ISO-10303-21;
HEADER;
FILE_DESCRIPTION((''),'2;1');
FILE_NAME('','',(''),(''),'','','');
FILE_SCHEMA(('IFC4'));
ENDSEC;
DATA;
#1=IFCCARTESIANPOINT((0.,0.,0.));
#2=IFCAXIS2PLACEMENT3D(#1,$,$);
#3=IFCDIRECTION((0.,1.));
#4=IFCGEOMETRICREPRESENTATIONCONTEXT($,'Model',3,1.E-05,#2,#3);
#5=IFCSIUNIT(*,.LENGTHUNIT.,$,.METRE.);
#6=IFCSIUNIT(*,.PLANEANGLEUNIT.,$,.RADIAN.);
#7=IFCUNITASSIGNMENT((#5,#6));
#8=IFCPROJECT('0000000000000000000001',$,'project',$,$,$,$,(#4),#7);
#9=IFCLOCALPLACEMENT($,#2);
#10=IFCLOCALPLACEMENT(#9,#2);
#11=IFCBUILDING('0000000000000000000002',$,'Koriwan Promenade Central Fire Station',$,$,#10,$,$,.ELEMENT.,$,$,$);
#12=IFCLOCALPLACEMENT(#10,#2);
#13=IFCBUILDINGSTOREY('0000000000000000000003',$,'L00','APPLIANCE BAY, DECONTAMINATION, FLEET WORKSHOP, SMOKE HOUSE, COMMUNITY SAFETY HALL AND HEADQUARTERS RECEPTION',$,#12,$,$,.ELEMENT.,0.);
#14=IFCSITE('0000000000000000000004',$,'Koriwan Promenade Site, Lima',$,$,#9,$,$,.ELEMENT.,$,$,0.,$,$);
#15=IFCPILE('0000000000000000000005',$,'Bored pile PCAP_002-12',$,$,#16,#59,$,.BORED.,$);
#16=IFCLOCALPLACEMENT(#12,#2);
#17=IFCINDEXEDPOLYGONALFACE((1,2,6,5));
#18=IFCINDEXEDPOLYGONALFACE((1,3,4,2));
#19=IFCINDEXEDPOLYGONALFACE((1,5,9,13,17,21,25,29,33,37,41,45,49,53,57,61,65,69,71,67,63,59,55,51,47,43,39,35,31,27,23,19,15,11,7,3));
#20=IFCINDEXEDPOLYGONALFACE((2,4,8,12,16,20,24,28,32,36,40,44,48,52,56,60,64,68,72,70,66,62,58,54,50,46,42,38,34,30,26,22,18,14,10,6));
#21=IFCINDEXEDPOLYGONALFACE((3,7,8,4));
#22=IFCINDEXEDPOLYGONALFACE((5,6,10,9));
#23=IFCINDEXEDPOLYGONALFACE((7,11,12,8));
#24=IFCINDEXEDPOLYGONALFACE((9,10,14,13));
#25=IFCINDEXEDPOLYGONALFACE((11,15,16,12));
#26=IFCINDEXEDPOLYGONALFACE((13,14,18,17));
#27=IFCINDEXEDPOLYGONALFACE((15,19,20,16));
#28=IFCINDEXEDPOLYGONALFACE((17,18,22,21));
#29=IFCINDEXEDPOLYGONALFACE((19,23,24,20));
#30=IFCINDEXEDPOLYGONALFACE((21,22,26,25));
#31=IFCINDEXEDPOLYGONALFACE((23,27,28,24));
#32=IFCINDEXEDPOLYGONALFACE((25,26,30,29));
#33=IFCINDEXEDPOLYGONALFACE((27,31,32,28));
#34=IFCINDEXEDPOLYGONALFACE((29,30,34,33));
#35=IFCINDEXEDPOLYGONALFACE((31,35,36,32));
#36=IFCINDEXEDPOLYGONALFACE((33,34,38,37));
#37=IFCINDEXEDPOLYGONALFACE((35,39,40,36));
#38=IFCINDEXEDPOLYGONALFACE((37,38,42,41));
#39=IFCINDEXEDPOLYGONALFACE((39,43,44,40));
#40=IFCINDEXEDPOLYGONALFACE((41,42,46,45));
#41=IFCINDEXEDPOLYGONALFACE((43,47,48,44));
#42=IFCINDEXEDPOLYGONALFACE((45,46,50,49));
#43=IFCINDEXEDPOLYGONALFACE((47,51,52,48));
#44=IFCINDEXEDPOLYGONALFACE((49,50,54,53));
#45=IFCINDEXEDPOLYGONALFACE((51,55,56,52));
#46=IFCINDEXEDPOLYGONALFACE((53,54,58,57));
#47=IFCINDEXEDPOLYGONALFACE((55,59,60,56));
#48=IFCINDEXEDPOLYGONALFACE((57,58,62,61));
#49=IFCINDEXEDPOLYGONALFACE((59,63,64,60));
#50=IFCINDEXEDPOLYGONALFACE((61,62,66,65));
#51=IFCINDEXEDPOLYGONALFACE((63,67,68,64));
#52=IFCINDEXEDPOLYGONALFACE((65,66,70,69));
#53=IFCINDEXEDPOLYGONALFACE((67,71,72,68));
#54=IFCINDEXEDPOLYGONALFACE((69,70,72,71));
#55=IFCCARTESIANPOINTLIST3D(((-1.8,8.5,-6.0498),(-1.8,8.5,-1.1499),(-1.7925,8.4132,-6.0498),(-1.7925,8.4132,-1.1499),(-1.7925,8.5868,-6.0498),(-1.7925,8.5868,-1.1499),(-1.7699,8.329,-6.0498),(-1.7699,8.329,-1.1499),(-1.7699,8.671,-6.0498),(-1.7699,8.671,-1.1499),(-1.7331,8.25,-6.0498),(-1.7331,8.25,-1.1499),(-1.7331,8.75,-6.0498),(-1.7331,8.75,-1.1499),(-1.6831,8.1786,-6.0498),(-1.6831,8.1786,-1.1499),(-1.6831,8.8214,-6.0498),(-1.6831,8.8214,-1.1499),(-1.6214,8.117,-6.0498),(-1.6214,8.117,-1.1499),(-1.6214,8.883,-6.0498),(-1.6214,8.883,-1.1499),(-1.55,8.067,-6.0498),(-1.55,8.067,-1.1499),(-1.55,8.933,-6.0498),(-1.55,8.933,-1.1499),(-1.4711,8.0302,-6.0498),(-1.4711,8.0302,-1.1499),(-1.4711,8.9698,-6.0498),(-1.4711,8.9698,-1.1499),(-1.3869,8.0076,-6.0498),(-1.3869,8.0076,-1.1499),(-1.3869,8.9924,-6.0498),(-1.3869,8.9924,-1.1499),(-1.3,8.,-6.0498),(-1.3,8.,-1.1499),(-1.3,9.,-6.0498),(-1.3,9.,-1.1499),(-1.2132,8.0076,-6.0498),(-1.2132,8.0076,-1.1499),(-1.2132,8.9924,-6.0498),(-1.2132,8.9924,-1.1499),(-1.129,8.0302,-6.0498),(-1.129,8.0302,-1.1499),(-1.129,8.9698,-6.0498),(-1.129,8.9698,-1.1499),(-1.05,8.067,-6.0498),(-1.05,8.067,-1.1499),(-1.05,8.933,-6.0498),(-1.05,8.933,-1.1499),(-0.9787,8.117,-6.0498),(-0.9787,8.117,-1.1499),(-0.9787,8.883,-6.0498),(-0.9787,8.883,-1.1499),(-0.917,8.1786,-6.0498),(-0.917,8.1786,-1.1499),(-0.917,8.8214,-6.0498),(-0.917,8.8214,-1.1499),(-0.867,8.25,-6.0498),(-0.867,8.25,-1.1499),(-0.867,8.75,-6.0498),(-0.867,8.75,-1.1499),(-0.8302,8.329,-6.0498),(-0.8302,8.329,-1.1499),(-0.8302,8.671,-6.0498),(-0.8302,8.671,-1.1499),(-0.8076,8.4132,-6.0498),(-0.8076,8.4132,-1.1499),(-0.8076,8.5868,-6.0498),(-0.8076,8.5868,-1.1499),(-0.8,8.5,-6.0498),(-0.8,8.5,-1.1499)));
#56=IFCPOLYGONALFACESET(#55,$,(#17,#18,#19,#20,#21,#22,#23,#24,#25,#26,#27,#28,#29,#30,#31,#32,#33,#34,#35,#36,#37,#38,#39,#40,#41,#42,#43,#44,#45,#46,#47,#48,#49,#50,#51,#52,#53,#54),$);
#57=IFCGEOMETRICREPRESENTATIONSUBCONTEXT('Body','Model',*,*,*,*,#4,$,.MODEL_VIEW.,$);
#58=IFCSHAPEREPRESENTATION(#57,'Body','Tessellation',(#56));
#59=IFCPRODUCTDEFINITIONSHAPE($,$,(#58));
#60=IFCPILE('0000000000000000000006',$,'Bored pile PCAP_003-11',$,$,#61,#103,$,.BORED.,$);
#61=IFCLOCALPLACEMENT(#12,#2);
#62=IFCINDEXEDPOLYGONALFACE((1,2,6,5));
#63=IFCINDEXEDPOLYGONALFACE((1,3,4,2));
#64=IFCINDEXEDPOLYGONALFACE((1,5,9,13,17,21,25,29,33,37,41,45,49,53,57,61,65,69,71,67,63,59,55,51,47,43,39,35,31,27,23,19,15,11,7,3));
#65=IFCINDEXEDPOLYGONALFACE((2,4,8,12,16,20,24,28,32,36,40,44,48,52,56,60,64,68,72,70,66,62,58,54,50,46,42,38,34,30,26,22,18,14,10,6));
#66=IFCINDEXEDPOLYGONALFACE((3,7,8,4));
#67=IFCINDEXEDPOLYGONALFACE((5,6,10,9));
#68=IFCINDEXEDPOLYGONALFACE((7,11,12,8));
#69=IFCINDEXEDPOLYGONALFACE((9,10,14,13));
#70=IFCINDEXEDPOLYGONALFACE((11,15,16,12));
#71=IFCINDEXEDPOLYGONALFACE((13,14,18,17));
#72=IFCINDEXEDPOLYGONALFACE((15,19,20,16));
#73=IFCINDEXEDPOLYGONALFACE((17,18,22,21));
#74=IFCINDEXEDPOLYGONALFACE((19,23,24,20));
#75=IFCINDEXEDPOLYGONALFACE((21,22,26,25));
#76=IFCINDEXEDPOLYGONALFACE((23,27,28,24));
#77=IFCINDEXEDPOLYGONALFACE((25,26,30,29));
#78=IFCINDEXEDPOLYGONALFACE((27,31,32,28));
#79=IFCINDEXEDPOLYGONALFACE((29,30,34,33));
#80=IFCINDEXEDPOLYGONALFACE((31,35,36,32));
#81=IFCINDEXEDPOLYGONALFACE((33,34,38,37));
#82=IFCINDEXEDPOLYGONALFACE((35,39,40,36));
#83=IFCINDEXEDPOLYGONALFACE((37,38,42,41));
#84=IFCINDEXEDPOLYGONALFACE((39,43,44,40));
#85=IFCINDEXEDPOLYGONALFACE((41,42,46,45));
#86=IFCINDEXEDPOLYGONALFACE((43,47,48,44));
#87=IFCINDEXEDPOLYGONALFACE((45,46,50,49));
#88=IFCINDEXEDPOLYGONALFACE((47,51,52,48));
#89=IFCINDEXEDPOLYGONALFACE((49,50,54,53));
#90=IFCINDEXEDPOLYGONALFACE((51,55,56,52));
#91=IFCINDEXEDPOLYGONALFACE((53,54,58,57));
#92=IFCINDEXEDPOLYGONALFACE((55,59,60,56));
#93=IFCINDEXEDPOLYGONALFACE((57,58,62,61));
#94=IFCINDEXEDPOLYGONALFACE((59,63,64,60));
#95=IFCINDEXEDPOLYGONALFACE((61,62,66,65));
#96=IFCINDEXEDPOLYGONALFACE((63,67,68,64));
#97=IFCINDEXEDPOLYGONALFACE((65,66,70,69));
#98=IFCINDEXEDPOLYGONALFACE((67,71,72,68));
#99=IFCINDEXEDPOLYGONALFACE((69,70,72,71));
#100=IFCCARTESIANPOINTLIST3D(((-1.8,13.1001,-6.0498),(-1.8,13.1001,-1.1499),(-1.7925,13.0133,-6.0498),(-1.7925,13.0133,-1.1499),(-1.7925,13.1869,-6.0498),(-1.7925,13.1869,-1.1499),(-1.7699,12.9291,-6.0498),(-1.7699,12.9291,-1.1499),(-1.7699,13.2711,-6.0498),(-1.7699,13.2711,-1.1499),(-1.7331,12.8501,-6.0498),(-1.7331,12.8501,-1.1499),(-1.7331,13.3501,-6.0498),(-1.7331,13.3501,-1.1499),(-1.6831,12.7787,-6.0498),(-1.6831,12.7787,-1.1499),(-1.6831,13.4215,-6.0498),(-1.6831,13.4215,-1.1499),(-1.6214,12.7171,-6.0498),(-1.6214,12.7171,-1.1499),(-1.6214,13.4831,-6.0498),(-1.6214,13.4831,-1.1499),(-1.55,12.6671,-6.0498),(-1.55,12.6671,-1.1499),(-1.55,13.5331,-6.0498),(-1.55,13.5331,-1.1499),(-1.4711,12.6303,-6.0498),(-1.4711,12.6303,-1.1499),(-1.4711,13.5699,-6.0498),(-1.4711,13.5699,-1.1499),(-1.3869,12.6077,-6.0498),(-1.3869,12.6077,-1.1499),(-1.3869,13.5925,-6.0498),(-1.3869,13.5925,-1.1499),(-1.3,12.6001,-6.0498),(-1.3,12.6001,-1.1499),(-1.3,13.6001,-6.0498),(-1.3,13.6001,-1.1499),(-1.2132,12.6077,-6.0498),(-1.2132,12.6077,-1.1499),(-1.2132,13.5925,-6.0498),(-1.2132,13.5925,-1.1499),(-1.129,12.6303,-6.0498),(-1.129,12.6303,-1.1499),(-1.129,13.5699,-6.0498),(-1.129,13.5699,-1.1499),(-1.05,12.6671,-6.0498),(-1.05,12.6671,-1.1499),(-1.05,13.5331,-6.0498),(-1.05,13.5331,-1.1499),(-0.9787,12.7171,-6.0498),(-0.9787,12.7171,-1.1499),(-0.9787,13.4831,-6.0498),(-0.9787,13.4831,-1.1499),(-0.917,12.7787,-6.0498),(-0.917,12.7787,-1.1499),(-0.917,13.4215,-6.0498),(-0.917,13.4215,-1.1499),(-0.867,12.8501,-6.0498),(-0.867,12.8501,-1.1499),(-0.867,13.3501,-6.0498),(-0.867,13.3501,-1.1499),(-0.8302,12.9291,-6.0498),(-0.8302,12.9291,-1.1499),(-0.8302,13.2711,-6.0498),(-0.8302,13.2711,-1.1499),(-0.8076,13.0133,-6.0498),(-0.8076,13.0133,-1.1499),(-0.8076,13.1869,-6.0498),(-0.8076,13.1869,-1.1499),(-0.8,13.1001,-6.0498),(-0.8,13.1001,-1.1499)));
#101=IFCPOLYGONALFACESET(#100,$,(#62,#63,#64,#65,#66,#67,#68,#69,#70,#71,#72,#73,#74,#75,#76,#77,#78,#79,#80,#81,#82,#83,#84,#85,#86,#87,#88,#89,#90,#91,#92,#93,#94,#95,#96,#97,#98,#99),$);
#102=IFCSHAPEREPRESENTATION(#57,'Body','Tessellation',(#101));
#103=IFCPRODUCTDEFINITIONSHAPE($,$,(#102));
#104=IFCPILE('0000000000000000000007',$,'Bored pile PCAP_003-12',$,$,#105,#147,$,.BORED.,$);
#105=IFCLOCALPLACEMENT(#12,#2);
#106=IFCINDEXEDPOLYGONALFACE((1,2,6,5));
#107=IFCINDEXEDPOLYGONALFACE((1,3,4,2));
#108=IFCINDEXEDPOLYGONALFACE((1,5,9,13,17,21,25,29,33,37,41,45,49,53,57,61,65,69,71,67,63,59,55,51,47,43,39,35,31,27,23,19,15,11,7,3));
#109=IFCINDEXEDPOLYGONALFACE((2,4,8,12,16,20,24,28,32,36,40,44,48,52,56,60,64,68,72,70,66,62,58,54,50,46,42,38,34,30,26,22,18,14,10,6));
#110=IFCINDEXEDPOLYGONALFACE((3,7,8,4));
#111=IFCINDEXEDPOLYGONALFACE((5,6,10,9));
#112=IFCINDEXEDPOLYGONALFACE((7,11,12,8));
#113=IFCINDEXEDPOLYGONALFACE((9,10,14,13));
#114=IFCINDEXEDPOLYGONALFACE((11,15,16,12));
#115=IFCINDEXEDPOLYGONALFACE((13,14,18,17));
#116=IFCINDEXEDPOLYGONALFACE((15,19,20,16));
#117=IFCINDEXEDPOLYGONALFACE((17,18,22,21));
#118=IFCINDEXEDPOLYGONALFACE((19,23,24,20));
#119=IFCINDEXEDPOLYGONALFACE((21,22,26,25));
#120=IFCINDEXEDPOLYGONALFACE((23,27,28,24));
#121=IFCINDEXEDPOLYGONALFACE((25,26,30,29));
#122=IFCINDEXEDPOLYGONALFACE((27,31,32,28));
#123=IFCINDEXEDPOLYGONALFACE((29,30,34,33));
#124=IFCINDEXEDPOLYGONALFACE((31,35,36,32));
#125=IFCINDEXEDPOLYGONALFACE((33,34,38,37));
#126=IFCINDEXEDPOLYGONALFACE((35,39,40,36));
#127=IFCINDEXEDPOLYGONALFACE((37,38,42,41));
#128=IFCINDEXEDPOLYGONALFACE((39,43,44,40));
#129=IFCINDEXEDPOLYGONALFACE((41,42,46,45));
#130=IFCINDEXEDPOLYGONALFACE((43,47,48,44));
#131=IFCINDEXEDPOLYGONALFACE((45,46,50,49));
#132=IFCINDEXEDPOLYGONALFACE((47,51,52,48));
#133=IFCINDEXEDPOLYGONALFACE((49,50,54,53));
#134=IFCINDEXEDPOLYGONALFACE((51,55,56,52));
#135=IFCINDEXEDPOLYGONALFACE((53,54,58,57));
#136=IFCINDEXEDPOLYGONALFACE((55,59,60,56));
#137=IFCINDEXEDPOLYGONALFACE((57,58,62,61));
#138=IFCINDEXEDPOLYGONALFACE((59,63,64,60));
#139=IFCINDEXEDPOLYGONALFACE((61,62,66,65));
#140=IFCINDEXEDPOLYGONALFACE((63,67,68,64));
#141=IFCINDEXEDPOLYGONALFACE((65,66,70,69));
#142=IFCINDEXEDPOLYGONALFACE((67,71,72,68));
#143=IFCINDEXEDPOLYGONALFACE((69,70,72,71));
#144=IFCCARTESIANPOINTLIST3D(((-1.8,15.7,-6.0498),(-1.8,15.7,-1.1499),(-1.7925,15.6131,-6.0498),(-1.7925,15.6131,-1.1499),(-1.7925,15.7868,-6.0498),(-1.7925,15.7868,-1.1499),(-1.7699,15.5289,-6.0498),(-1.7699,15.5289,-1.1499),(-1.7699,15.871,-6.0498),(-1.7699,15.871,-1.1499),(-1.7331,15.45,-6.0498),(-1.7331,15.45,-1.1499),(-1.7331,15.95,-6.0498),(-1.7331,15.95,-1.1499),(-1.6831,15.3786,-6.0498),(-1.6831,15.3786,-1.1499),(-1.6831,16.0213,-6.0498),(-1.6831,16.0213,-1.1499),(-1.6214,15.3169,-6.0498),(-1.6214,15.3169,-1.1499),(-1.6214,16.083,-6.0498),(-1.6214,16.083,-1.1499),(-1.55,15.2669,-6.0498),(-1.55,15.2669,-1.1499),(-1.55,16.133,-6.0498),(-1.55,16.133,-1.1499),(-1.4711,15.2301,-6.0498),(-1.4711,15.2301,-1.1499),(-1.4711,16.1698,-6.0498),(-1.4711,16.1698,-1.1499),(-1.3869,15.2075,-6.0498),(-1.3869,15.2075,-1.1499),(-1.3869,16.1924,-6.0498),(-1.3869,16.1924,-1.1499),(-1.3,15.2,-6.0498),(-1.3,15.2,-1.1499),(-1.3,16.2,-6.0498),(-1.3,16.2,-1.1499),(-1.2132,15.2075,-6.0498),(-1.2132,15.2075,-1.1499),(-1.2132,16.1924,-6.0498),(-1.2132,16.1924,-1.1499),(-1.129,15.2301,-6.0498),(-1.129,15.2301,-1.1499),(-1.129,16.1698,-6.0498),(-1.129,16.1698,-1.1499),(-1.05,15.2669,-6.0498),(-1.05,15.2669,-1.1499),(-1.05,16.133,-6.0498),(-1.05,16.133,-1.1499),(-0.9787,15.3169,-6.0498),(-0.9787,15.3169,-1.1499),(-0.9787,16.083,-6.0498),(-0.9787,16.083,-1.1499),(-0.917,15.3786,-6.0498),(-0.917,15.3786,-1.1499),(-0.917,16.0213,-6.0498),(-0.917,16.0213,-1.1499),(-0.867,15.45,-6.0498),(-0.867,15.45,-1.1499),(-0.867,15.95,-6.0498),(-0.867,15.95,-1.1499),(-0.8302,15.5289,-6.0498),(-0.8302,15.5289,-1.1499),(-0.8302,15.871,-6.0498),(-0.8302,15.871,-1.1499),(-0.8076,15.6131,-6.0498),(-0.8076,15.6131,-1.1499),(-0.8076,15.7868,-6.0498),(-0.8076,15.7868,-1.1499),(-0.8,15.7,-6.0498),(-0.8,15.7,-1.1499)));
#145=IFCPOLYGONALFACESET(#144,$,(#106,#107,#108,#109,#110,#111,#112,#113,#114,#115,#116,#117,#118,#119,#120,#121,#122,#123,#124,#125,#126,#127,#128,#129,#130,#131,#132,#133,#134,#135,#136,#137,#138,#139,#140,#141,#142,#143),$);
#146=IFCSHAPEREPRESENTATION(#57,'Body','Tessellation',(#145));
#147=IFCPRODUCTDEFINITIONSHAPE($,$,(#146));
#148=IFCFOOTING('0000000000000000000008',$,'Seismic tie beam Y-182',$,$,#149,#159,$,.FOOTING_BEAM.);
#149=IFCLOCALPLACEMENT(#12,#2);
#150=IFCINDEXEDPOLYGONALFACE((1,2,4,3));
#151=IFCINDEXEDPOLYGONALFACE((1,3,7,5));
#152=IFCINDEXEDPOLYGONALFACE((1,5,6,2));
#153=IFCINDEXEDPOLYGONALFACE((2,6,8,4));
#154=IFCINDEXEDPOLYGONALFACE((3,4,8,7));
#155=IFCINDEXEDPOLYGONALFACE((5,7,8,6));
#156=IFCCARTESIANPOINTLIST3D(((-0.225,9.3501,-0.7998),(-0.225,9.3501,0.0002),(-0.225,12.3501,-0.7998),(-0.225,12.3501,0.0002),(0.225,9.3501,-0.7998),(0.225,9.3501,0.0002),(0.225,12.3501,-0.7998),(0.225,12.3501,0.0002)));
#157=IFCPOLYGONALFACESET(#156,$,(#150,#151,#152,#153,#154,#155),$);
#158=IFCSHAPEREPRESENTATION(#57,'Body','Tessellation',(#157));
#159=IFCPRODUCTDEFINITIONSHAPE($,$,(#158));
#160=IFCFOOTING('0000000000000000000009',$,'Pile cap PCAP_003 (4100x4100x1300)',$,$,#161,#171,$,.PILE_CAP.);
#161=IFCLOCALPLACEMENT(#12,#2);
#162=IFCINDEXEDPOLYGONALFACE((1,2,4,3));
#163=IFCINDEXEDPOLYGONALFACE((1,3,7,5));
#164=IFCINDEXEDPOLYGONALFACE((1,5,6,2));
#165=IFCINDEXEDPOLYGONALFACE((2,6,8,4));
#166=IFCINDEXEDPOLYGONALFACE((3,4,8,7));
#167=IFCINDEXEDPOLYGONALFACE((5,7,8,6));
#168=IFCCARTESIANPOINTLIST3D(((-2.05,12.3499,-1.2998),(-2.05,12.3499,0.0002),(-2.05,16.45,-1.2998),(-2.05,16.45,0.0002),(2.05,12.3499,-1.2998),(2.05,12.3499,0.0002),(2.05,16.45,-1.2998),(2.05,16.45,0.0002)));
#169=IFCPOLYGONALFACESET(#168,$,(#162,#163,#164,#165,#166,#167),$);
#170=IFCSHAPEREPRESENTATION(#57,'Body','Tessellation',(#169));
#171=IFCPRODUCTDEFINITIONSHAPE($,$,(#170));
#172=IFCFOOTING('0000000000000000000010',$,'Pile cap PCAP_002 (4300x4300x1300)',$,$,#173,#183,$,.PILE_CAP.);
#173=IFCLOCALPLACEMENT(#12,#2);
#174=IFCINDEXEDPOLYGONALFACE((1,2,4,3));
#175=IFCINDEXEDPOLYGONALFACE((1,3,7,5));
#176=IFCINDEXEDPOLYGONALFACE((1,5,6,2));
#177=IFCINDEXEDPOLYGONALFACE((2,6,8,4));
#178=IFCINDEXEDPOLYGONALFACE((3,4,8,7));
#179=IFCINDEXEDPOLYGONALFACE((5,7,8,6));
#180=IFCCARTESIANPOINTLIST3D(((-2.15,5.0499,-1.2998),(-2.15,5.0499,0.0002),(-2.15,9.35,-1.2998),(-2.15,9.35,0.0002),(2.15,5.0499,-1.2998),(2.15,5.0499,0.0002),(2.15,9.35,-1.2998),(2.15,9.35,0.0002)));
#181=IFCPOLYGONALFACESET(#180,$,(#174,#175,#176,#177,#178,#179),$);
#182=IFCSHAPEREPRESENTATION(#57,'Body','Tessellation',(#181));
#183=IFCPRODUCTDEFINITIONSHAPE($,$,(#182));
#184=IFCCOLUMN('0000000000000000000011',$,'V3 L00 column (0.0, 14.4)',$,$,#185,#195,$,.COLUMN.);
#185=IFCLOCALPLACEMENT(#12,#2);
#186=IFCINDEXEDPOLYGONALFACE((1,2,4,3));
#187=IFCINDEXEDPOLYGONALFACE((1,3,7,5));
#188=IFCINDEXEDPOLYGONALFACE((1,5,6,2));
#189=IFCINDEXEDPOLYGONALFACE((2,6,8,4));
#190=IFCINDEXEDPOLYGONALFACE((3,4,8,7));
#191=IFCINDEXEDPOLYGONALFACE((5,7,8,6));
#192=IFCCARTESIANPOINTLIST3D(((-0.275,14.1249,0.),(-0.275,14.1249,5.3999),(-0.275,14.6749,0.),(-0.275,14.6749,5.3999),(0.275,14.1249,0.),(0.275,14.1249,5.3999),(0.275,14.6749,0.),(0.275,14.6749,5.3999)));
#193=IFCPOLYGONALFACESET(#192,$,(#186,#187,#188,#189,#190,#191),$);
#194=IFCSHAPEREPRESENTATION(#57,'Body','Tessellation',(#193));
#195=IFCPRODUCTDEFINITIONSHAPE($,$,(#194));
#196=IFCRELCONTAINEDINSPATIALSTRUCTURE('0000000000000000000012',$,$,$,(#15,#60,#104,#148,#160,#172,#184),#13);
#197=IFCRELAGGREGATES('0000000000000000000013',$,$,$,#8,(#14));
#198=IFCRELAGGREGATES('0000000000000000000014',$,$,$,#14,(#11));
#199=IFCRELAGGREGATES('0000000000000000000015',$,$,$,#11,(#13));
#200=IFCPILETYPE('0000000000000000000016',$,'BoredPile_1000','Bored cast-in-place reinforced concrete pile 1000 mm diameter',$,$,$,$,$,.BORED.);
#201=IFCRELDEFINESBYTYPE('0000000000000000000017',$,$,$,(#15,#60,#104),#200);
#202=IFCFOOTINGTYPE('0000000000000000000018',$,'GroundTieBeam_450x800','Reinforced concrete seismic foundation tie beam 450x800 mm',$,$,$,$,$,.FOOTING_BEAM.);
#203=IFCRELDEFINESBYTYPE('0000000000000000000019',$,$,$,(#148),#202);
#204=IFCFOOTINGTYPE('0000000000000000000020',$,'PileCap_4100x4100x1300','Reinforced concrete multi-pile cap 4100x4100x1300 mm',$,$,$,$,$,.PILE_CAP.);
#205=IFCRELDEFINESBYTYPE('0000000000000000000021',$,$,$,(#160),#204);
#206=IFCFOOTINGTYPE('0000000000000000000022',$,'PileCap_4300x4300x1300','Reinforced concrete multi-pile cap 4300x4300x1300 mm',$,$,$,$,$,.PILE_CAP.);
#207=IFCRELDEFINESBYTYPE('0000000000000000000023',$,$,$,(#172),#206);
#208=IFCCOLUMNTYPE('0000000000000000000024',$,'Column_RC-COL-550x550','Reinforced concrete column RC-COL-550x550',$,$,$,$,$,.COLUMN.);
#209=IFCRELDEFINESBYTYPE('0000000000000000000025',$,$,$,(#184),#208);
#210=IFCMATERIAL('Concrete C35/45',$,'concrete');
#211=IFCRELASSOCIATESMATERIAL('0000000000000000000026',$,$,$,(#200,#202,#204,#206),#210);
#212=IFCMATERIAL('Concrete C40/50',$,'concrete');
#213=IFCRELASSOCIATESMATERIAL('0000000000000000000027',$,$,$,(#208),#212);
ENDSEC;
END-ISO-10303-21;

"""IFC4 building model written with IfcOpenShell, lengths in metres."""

from ifc_helpers import new_model, si_unit, direction, frame, origin, origin_2d, place, context, subcontext, project, spatial, rectangle, circle, extrude, material, material_profile, profile_set, type_object, element, save


model = new_model("IFC4")

# Units and contexts
model_context = context("Model", 3, precision=1e-05, world=origin(), true_north=direction((0.0, 1.0)))
body_context = subcontext(model_context, "Body", "Model", "MODEL_VIEW")
ifc_project = project(units=[si_unit("LENGTHUNIT", "METRE"), si_unit("PLANEANGLEUNIT", "RADIAN")], contexts=[model_context])

# Site, building, storey
site_placement = place(None, origin())
site = spatial("IfcSite", under=ifc_project, at=site_placement, Name="Koriwan Promenade Site, Lima", CompositionType="ELEMENT", RefElevation=0.0)
building_placement = place(site_placement, origin())
building = spatial("IfcBuilding", under=site, at=building_placement, Name="Koriwan Promenade Central Fire Station", CompositionType="ELEMENT")
storey_placement = place(building_placement, origin())
storey = spatial("IfcBuildingStorey", under=building, at=storey_placement, Name="L00", Description="APPLIANCE BAY, DECONTAMINATION, FLEET WORKSHOP, SMOKE HOUSE, COMMUNITY SAFETY HALL AND HEADQUARTERS RECEPTION", CompositionType="ELEMENT", Elevation=0.0)

# Piles
ifc_material_1 = material(Name="Concrete C35/45", Category="concrete")
ifc_material_profile_1 = material_profile(ifc_material_1, circle(Radius=0.5, at=origin_2d()), Name="PILE-D1000")
ifc_profile_set_1 = profile_set([ifc_material_profile_1], Name="Concrete C35/45")
pile_type = type_object("IfcPileType", Name="BoredPile_1000", Description="Bored cast-in-place reinforced concrete pile 1000 mm diameter", PredefinedType="BORED", material=ifc_profile_set_1)
for number, where, z_axis, x_axis, name in (
    (1, (-1.3, 8.5, -1.1499), (0.0, 0.0, -1.0), (1.0, 0.0, 0.0), "Bored pile PCAP_002-12"),
    (2, (-1.3, 13.1001, -1.1499), (0.0, 0.0, -1.0), (1.0, 0.0, 0.0), "Bored pile PCAP_003-11"),
    (3, (-1.3, 15.7, -1.1499), (0.0, 0.0, -1.0), (1.0, 0.0, 0.0), "Bored pile PCAP_003-12"),
):
    element("IfcPile", number, at=place(storey_placement, frame(where, z_axis=z_axis, x_axis=x_axis)), inside=storey, type_object=pile_type, Name=name, PredefinedType="BORED", context=body_context, shape_type="SweptSolid", body=[
        extrude(circle(Radius=0.5, at=origin_2d()), origin(), (0.0, 0.0, 1.0), 4.8999),
    ])

# Footings
footing_type_1 = type_object("IfcFootingType", Name="GroundTieBeam_450x800", Description="Reinforced concrete seismic foundation tie beam 450x800 mm", PredefinedType="FOOTING_BEAM", material=ifc_material_1)
footing_1_placement = place(storey_placement, frame((0.0, 10.8501, -0.7998), z_axis=(0.0, 0.0, 1.0), x_axis=(0.0, 1.0, 0.0)))
element("IfcFooting", 4, at=footing_1_placement, inside=storey, type_object=footing_type_1, Name="Seismic tie beam Y-182", PredefinedType="FOOTING_BEAM", context=body_context, shape_type="SweptSolid", body=[
    extrude(rectangle(XDim=3.0, YDim=0.45, at=origin_2d()), origin(), (0.0, 0.0, 1.0), 0.8),
])
footing_type_2 = type_object("IfcFootingType", Name="PileCap_4100x4100x1300", Description="Reinforced concrete multi-pile cap 4100x4100x1300 mm", PredefinedType="PILE_CAP", material=ifc_material_1)
footing_2_placement = place(storey_placement, frame((0.0, 14.3999, -1.2998), z_axis=(0.0, 0.0, 1.0), x_axis=(1.0, 0.0, 0.0)))
element("IfcFooting", 5, at=footing_2_placement, inside=storey, type_object=footing_type_2, Name="Pile cap PCAP_003 (4100x4100x1300)", PredefinedType="PILE_CAP", context=body_context, shape_type="SweptSolid", body=[
    extrude(rectangle(XDim=4.1001, YDim=4.1001, at=origin_2d()), origin(), (0.0, 0.0, 1.0), 1.3),
])
footing_type_3 = type_object("IfcFootingType", Name="PileCap_4300x4300x1300", Description="Reinforced concrete multi-pile cap 4300x4300x1300 mm", PredefinedType="PILE_CAP", material=ifc_material_1)
footing_3_placement = place(storey_placement, frame((0.0, 7.2, -1.2998), z_axis=(0.0, 0.0, 1.0), x_axis=(1.0, 0.0, 0.0)))
element("IfcFooting", 6, at=footing_3_placement, inside=storey, type_object=footing_type_3, Name="Pile cap PCAP_002 (4300x4300x1300)", PredefinedType="PILE_CAP", context=body_context, shape_type="SweptSolid", body=[
    extrude(rectangle(XDim=4.3, YDim=4.3, at=origin_2d()), origin(), (0.0, 0.0, 1.0), 1.3),
])

# Column
ifc_material_2 = material(Name="Concrete C40/50", Category="concrete")
ifc_material_profile_2 = material_profile(ifc_material_2, rectangle(XDim=0.55, YDim=0.55, at=origin_2d()), Name="RC-COL-550x550")
ifc_profile_set_2 = profile_set([ifc_material_profile_2], Name="Concrete C40/50")
column_type = type_object("IfcColumnType", Name="Column_RC-COL-550x550", Description="Reinforced concrete column RC-COL-550x550", PredefinedType="COLUMN", material=ifc_profile_set_2)
column_placement = place(storey_placement, frame((0.0, 14.3999, 0.0), z_axis=(0.0, 0.0, 1.0), x_axis=(1.0, 0.0, 0.0)))
element("IfcColumn", 7, at=column_placement, inside=storey, type_object=column_type, Name="V3 L00 column (0.0, 14.4)", PredefinedType="COLUMN", context=body_context, shape_type="SweptSolid", body=[
    extrude(rectangle(XDim=0.55, YDim=0.55, at=origin_2d()), origin(), (0.0, 0.0, 1.0), 5.3999),
])

save(model, "model.ifc")
